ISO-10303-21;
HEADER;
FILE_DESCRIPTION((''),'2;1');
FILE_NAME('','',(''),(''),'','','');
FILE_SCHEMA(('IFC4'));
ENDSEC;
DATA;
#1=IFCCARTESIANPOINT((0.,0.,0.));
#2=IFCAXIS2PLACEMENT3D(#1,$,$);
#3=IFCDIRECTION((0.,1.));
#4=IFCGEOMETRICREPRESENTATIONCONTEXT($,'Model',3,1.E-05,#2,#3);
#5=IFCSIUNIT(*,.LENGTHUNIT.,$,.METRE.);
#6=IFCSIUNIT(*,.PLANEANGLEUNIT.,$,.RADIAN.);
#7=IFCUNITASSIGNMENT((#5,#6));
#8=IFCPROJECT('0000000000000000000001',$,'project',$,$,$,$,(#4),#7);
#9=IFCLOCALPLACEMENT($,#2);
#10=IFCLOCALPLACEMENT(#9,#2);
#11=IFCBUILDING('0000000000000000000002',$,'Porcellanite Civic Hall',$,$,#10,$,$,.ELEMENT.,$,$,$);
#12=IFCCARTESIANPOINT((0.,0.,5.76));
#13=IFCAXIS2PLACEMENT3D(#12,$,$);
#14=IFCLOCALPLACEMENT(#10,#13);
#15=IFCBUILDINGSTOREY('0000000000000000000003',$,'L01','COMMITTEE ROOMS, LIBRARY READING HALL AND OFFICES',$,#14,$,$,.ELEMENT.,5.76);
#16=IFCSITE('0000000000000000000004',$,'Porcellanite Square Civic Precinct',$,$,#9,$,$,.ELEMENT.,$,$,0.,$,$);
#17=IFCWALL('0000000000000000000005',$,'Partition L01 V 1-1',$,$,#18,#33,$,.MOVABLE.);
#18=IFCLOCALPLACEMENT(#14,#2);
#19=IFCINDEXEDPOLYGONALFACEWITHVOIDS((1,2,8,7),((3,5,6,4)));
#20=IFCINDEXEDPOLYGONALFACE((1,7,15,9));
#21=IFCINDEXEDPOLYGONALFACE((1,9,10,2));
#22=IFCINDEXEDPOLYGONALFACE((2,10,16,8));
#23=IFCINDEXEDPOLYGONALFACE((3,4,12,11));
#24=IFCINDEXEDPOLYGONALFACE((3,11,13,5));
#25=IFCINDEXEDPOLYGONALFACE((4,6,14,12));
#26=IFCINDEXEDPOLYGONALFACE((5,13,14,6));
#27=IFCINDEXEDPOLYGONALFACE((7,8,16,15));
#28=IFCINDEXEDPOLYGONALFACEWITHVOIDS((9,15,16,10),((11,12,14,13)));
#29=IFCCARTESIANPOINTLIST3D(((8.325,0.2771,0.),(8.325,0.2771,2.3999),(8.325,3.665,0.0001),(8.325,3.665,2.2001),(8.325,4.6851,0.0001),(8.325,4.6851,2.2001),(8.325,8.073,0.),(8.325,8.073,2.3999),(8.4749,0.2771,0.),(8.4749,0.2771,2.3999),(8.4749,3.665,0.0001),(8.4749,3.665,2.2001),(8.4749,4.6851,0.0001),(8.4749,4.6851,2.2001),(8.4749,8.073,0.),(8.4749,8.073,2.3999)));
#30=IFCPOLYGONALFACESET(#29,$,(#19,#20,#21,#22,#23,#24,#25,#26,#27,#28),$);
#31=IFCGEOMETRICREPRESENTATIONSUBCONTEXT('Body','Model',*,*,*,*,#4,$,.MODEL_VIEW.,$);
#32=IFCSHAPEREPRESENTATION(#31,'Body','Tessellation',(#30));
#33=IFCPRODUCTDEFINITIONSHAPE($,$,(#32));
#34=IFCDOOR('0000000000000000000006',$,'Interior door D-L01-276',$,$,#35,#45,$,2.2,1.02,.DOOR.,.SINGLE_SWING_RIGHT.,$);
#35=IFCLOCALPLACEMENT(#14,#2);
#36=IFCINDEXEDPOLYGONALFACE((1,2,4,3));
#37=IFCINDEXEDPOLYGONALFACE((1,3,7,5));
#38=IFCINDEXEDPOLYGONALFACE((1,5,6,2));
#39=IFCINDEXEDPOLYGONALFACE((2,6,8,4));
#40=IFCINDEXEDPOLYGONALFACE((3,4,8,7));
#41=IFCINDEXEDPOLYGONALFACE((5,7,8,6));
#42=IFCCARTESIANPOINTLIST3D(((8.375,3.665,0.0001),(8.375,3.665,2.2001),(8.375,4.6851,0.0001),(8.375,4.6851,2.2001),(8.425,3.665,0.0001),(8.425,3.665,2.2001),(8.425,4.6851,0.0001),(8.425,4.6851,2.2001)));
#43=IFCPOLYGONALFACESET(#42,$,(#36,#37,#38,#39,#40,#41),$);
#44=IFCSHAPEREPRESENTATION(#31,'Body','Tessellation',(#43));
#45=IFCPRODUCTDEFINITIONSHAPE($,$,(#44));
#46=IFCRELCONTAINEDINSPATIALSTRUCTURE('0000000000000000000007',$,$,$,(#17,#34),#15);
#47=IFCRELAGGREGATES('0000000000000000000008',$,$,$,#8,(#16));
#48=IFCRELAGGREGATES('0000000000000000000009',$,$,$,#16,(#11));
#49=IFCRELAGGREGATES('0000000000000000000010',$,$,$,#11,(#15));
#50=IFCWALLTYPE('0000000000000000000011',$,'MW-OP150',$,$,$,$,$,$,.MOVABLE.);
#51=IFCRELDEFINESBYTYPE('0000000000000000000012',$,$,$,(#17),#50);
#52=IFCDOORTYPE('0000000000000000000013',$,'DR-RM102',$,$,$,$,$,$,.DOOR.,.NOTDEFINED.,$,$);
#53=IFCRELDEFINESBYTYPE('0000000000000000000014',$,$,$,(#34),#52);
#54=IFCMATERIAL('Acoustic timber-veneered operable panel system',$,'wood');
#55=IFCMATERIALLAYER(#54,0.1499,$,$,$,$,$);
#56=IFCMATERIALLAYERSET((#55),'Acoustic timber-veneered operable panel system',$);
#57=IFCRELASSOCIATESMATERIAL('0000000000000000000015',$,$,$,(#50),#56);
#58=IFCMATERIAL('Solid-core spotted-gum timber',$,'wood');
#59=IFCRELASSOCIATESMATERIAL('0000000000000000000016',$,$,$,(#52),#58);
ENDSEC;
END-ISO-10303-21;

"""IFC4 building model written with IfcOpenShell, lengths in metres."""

from ifc_helpers import new_model, si_unit, direction, frame, frame_2d, origin, place, context, subcontext, project, spatial, rectangle, extrude, material, layer, layer_set, type_object, element, fill, save


model = new_model("IFC4")

# Units and contexts
model_context = context("Model", 3, precision=1e-05, world=origin(), true_north=direction((0.0, 1.0)))
body_context = subcontext(model_context, "Body", "Model", "MODEL_VIEW")
ifc_project = project(units=[si_unit("LENGTHUNIT", "METRE"), si_unit("PLANEANGLEUNIT", "RADIAN")], contexts=[model_context])

# Site, building, storey
site_placement = place(None, origin())
site = spatial("IfcSite", under=ifc_project, at=site_placement, Name="Porcellanite Square Civic Precinct", CompositionType="ELEMENT", RefElevation=0.0)
building_placement = place(site_placement, origin())
building = spatial("IfcBuilding", under=site, at=building_placement, Name="Porcellanite Civic Hall", CompositionType="ELEMENT")
storey_placement = place(building_placement, frame((0.0, 0.0, 5.76)))
storey = spatial("IfcBuildingStorey", under=building, at=storey_placement, Name="L01", Description="COMMITTEE ROOMS, LIBRARY READING HALL AND OFFICES", CompositionType="ELEMENT", Elevation=5.76)

# Wall, opening, door
ifc_material_1 = material(Name="Acoustic timber-veneered operable panel system", Category="wood")
ifc_layer_1 = layer(ifc_material_1, 0.1499)
ifc_layer_set_1 = layer_set([ifc_layer_1], Name="Acoustic timber-veneered operable panel system")
wall_type_1 = type_object("IfcWallType", Name="MW-OP150", PredefinedType="MOVABLE", material=ifc_layer_set_1)
wall_1_placement = place(storey_placement, frame((8.3999, 0.2771, 0.0), z_axis=(0.0, 0.0, 1.0), x_axis=(0.0, 1.0, 0.0)))
wall_1 = element("IfcWall", 1, at=wall_1_placement, inside=storey, type_object=wall_type_1, Name="Partition L01 V 1-1", PredefinedType="MOVABLE", context=body_context, shape_type="SweptSolid", body=[
    extrude(rectangle(XDim=7.7959, YDim=0.1499, at=frame_2d((3.8979, 0.0))), origin(), (0.0, 0.0, 1.0), 2.3999),
])
opening_1_placement = place(wall_1_placement, frame((3.3879, 0.0, 0.0)))
opening_1 = element("IfcOpeningElement", 2, at=opening_1_placement, cuts=wall_1, PredefinedType="OPENING", context=body_context, shape_type="SweptSolid", body=[
    extrude(rectangle(XDim=1.02, YDim=2.2, at=frame_2d((0.51, 1.1001))), frame((0.0, 0.075, 0.0), z_axis=(0.0, -1.0, 0.0), x_axis=(1.0, 0.0, 0.0)), (0.0, 0.0, 1.0), 0.1499),
])
ifc_material_2 = material(Name="Solid-core spotted-gum timber", Category="wood")
door_type = type_object("IfcDoorType", Name="DR-RM102", OperationType="NOTDEFINED", PredefinedType="DOOR", material=ifc_material_2)
door_placement = place(opening_1_placement, origin())
door = element("IfcDoor", 3, at=door_placement, inside=storey, type_object=door_type, Name="Interior door D-L01-276", OperationType="SINGLE_SWING_RIGHT", OverallHeight=2.2, OverallWidth=1.02, PredefinedType="DOOR", context=body_context, shape_type="SweptSolid", body=[
    extrude(rectangle(XDim=1.02, YDim=2.2, at=frame_2d((0.51, 1.1001))), frame((0.0, 0.0249, 0.0), z_axis=(0.0, -1.0, 0.0), x_axis=(1.0, 0.0, 0.0)), (0.0, 0.0, 1.0), 0.05),
])
fill(opening_1, door)

save(model, "model.ifc")
